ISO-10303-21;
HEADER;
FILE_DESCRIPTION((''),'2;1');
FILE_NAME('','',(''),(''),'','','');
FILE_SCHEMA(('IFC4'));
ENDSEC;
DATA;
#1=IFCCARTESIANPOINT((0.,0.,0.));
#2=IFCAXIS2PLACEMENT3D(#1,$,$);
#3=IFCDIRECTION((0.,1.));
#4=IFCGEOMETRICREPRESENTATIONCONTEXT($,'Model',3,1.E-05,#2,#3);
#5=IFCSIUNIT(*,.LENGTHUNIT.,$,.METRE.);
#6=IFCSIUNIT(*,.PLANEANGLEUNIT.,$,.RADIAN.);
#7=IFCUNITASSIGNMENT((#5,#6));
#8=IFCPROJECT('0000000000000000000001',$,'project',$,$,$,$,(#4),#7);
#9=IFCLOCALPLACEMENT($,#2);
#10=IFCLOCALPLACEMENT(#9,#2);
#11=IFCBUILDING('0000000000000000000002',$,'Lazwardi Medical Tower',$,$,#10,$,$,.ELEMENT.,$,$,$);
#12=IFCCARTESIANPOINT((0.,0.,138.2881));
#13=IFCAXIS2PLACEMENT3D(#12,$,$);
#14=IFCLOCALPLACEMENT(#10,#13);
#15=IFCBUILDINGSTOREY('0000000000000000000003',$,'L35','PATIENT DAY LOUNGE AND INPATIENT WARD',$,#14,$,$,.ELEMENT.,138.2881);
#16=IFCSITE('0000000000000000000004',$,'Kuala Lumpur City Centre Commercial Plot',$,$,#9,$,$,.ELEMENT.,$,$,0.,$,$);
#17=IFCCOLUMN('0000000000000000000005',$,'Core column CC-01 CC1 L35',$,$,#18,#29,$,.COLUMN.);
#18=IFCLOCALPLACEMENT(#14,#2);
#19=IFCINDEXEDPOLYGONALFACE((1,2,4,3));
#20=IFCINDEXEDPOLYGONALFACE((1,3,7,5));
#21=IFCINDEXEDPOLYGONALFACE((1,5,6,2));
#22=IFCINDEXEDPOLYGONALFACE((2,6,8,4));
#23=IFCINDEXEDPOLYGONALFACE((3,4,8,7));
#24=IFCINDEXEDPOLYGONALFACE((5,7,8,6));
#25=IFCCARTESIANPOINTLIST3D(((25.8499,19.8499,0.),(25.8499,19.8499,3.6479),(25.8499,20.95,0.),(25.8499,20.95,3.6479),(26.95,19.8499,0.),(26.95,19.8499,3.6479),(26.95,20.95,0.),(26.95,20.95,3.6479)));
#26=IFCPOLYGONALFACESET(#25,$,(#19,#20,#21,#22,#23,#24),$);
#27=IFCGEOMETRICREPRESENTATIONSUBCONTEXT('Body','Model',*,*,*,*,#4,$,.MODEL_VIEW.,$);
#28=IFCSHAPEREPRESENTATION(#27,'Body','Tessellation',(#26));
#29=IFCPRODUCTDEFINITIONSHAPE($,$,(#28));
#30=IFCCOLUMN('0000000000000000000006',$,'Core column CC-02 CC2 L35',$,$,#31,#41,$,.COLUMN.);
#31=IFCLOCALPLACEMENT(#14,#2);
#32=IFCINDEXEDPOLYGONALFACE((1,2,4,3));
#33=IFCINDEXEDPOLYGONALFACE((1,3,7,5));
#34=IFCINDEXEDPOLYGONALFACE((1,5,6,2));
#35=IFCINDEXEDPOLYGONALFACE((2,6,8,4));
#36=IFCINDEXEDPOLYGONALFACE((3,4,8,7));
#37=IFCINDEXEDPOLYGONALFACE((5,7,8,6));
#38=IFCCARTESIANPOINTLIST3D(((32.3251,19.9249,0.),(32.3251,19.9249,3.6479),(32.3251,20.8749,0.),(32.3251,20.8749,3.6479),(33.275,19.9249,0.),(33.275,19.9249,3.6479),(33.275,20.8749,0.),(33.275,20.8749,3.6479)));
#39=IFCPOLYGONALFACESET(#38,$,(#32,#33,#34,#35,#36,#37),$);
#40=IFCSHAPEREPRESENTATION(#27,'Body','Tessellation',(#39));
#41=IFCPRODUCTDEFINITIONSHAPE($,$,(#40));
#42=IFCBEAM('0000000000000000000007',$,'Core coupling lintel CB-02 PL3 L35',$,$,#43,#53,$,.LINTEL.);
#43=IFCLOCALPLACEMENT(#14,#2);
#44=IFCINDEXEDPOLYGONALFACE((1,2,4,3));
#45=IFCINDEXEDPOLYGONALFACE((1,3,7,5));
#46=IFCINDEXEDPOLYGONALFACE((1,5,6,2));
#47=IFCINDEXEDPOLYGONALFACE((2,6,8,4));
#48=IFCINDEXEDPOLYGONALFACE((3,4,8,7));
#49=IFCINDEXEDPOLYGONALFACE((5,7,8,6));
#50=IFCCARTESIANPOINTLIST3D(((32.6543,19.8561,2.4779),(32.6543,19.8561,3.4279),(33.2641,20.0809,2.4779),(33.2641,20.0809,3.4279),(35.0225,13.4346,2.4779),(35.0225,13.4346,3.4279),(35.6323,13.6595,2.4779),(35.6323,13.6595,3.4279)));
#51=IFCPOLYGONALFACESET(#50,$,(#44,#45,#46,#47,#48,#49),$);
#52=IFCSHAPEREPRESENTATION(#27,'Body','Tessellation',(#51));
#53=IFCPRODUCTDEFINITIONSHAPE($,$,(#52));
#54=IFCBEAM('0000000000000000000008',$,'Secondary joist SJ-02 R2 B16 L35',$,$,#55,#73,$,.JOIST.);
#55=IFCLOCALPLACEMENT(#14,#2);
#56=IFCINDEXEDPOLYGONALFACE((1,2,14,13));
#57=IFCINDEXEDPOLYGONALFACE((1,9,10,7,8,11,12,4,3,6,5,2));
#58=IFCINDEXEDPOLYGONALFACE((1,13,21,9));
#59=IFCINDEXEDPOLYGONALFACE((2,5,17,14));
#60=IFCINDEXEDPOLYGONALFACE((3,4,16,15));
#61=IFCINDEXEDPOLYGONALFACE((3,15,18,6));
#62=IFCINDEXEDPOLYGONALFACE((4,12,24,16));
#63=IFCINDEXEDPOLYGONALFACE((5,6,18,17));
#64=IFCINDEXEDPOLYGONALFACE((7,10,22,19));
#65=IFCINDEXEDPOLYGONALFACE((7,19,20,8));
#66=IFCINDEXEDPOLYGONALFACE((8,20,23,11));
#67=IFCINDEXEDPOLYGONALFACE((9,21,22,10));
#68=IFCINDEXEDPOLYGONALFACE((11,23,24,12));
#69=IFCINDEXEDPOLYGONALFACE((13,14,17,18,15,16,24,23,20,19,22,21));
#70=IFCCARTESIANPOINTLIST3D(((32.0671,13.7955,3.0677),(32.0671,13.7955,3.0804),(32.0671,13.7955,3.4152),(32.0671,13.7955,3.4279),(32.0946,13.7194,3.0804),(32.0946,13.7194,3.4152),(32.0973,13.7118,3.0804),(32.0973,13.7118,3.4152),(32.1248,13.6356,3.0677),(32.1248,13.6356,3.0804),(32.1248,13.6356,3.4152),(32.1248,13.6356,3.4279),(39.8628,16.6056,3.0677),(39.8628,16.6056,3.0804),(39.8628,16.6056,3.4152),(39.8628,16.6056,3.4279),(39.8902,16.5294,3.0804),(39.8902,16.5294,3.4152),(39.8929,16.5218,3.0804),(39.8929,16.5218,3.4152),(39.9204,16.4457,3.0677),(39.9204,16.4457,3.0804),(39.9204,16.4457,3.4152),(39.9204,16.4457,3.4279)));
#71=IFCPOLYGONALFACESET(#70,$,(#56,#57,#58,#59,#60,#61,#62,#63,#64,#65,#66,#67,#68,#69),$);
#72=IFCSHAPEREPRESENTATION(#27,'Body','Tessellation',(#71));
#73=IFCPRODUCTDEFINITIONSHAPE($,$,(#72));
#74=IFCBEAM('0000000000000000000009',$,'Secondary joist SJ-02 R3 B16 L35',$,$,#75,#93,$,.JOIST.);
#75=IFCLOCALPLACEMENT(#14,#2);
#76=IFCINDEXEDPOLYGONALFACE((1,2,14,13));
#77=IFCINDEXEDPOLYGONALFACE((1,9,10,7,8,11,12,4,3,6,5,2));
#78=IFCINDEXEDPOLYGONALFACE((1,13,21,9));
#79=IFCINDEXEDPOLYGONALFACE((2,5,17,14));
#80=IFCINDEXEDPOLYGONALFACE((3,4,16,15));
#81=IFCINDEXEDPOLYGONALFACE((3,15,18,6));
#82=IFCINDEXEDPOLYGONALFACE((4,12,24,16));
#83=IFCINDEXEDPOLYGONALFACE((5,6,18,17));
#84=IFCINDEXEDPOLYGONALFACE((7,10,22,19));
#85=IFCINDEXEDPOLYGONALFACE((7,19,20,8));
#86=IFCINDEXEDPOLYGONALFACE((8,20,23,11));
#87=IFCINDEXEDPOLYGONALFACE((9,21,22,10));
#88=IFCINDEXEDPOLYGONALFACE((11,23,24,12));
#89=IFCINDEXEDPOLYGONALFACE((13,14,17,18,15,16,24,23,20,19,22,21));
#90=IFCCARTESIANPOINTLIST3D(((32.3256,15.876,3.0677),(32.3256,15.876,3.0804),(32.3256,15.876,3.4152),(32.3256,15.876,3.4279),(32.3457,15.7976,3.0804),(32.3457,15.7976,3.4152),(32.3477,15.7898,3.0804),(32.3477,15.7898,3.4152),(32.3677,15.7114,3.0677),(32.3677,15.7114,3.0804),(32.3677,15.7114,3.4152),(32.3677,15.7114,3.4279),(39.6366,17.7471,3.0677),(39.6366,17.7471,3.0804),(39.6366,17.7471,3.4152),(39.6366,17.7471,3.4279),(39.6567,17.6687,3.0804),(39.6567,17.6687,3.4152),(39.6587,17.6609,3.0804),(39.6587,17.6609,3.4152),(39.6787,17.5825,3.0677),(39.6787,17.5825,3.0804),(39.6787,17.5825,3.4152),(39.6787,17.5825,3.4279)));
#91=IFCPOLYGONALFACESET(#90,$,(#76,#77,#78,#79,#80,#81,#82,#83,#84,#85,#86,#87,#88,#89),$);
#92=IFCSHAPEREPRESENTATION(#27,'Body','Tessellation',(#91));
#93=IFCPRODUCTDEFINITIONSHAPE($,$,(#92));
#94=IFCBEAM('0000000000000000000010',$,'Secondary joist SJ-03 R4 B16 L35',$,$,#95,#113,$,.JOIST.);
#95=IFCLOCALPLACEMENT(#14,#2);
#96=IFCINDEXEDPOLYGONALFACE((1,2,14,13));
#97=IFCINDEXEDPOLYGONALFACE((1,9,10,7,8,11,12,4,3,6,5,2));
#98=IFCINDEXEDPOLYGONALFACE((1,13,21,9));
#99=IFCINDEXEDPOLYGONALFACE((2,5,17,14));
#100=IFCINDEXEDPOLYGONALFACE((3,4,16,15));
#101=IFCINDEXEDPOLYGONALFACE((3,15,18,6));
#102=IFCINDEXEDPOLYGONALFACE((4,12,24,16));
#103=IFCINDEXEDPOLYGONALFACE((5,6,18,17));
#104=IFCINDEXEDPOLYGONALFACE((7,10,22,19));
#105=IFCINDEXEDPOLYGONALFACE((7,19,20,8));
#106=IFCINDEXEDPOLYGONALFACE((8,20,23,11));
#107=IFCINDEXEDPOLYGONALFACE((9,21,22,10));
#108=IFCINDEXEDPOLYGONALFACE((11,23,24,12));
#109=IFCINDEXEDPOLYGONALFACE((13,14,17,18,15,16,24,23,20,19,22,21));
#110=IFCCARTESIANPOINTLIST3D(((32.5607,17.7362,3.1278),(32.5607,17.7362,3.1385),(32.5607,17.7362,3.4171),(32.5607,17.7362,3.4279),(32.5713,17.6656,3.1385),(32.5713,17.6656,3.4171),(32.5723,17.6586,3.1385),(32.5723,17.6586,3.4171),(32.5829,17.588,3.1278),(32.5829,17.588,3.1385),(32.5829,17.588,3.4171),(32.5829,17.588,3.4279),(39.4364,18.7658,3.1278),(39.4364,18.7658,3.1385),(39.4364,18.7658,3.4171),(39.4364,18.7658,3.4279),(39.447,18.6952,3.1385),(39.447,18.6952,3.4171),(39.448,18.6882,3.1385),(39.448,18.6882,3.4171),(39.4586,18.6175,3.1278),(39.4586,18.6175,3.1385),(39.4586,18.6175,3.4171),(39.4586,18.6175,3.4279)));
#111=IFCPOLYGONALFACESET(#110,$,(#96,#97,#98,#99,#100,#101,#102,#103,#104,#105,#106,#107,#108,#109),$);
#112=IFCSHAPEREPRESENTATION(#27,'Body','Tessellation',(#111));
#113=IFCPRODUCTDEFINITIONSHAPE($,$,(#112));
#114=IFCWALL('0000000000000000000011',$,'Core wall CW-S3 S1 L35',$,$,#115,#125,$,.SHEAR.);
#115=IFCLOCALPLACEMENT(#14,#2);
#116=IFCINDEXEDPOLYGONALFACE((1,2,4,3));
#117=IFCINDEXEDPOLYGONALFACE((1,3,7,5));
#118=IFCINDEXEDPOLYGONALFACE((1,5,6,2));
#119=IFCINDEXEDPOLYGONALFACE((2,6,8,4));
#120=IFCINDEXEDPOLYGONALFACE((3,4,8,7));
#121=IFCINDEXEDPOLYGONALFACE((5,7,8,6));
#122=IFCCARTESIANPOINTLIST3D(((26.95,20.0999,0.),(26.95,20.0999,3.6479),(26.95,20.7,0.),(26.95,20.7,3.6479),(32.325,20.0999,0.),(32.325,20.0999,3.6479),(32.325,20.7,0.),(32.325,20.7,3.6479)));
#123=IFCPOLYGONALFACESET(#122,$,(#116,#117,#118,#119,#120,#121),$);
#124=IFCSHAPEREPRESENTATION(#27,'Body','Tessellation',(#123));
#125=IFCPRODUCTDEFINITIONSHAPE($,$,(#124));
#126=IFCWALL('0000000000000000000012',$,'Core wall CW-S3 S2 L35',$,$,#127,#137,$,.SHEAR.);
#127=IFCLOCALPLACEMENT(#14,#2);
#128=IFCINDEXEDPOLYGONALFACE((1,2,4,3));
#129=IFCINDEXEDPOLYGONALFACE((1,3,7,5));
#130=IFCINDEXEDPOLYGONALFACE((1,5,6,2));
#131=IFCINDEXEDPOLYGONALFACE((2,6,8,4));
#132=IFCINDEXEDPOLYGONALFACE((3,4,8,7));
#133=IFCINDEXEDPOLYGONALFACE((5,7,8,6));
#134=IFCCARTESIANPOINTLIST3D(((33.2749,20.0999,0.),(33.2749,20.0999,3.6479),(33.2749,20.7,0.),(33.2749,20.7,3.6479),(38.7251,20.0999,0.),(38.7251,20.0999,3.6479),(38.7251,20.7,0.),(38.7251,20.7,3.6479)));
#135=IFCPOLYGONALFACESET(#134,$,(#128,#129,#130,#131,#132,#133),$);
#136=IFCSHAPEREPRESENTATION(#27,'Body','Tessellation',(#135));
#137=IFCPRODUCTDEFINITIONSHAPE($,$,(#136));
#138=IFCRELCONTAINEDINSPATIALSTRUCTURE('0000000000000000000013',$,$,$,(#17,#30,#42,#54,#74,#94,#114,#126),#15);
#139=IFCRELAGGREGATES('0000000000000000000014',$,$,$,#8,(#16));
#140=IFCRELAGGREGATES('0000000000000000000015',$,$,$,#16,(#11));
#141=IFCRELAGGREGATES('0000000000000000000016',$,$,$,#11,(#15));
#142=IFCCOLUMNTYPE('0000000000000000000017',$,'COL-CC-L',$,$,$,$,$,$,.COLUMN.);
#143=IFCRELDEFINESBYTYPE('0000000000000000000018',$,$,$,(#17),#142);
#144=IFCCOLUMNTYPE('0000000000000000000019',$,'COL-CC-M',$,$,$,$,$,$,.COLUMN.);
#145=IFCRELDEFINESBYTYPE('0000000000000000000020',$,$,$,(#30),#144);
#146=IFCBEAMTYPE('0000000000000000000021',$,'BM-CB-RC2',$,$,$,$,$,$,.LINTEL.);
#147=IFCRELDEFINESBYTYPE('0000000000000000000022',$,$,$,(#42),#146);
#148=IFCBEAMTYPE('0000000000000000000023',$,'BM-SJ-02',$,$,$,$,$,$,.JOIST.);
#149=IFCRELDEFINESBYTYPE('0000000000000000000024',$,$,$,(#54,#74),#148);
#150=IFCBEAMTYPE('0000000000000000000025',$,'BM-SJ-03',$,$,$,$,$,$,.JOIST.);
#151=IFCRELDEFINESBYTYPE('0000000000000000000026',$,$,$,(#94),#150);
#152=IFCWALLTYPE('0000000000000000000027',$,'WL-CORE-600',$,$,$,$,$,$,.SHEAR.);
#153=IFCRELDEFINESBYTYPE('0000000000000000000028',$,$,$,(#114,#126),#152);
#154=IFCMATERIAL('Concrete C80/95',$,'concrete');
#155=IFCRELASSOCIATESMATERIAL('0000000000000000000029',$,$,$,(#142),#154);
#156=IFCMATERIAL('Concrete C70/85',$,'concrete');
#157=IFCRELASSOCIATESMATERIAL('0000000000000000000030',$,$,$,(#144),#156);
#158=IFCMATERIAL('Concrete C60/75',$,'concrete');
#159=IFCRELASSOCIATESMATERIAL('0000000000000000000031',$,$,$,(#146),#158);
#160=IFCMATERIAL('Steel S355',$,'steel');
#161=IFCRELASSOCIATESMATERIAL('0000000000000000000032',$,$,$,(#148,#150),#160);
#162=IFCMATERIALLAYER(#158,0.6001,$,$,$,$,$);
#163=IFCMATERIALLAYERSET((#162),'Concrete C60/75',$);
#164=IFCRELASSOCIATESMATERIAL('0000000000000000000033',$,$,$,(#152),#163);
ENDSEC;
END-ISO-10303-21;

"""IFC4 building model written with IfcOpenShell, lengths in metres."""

from ifc_helpers import new_model, si_unit, direction, frame, frame_2d, origin, origin_2d, place, context, subcontext, project, spatial, rectangle, i_section, extrude, material, layer, layer_set, material_profile, profile_set, type_object, element, save


model = new_model("IFC4")

# Units and contexts
model_context = context("Model", 3, precision=1e-05, world=origin(), true_north=direction((0.0, 1.0)))
body_context = subcontext(model_context, "Body", "Model", "MODEL_VIEW")
ifc_project = project(units=[si_unit("LENGTHUNIT", "METRE"), si_unit("PLANEANGLEUNIT", "RADIAN")], contexts=[model_context])

# Site, building, storey
site_placement = place(None, origin())
site = spatial("IfcSite", under=ifc_project, at=site_placement, Name="Kuala Lumpur City Centre Commercial Plot", CompositionType="ELEMENT", RefElevation=0.0)
building_placement = place(site_placement, origin())
building = spatial("IfcBuilding", under=site, at=building_placement, Name="Lazwardi Medical Tower", CompositionType="ELEMENT")
storey_placement = place(building_placement, frame((0.0, 0.0, 138.2881)))
storey = spatial("IfcBuildingStorey", under=building, at=storey_placement, Name="L35", Description="PATIENT DAY LOUNGE AND INPATIENT WARD", CompositionType="ELEMENT", Elevation=138.2881)

# Columns
ifc_material_1 = material(Name="Concrete C80/95", Category="concrete")
ifc_material_profile_1 = material_profile(ifc_material_1, rectangle(XDim=1.1001, YDim=1.1001, at=origin_2d()), Name="RC 1100x1100")
ifc_profile_set_1 = profile_set([ifc_material_profile_1], Name="Concrete C80/95")
column_type_1 = type_object("IfcColumnType", Name="COL-CC-L", PredefinedType="COLUMN", material=ifc_profile_set_1)
column_1_placement = place(storey_placement, frame((26.3999, 20.3999, 0.0), z_axis=(0.0, 0.0, 1.0), x_axis=(1.0, 0.0, 0.0)))
element("IfcColumn", 1, at=column_1_placement, inside=storey, type_object=column_type_1, Name="Core column CC-01 CC1 L35", PredefinedType="COLUMN", context=body_context, shape_type="SweptSolid", body=[
    extrude(rectangle(XDim=1.1001, YDim=1.1001, at=origin_2d()), origin(), (0.0, 0.0, 1.0), 3.6479),
])
ifc_material_2 = material(Name="Concrete C70/85", Category="concrete")
ifc_material_profile_2 = material_profile(ifc_material_2, rectangle(XDim=0.95, YDim=0.95, at=origin_2d()), Name="RC 950x950")
ifc_profile_set_2 = profile_set([ifc_material_profile_2], Name="Concrete C70/85")
column_type_2 = type_object("IfcColumnType", Name="COL-CC-M", PredefinedType="COLUMN", material=ifc_profile_set_2)
column_2_placement = place(storey_placement, frame((32.8, 20.3999, 0.0), z_axis=(0.0, 0.0, 1.0), x_axis=(1.0, 0.0, 0.0)))
element("IfcColumn", 2, at=column_2_placement, inside=storey, type_object=column_type_2, Name="Core column CC-02 CC2 L35", PredefinedType="COLUMN", context=body_context, shape_type="SweptSolid", body=[
    extrude(rectangle(XDim=0.95, YDim=0.95, at=origin_2d()), origin(), (0.0, 0.0, 1.0), 3.6479),
])

# Beams
ifc_material_3 = material(Name="Concrete C60/75", Category="concrete")
ifc_material_profile_3 = material_profile(ifc_material_3, rectangle(XDim=0.6499, YDim=0.95, at=origin_2d()), Name="RC 650x950")
ifc_profile_set_3 = profile_set([ifc_material_profile_3], Name="Concrete C60/75")
beam_type_1 = type_object("IfcBeamType", Name="BM-CB-RC2", PredefinedType="LINTEL", material=ifc_profile_set_3)
beam_1_placement = place(storey_placement, frame((32.9592, 19.9685, 2.9529), z_axis=(0.346013, -0.93823, 0.0), x_axis=(0.93823, 0.346013, 0.0)))
element("IfcBeam", 3, at=beam_1_placement, inside=storey, type_object=beam_type_1, Name="Core coupling lintel CB-02 PL3 L35", PredefinedType="LINTEL", context=body_context, shape_type="SweptSolid", body=[
    extrude(rectangle(XDim=0.6499, YDim=0.95, at=origin_2d()), origin(), (0.0, 0.0, 1.0), 6.8442),
])
ifc_material_4 = material(Name="Steel S355", Category="steel")
ifc_material_profile_4 = material_profile(ifc_material_4, i_section(OverallWidth=0.1699, OverallDepth=0.3601, WebThickness=0.0081, FlangeThickness=0.0127, at=origin_2d()), Name="IPE 360")
ifc_profile_set_4 = profile_set([ifc_material_profile_4], Name="Steel S355")
beam_type_2 = type_object("IfcBeamType", Name="BM-SJ-02", PredefinedType="JOIST", material=ifc_profile_set_4)
beam_2_placement = place(storey_placement, frame((32.0959, 13.7156, 3.2478), z_axis=(0.940748, 0.339106, 0.0), x_axis=(-0.339106, 0.940748, 0.0)))
element("IfcBeam", 4, at=beam_2_placement, inside=storey, type_object=beam_type_2, Name="Secondary joist SJ-02 R2 B16 L35", PredefinedType="JOIST", context=body_context, shape_type="SweptSolid", body=[
    extrude(i_section(OverallWidth=0.1699, OverallDepth=0.3601, WebThickness=0.0081, FlangeThickness=0.0127, at=origin_2d()), origin(), (0.0, 0.0, 1.0), 8.2866),
])
beam_3_placement = place(storey_placement, frame((32.3467, 15.7937, 3.2478), z_axis=(0.968776, 0.247936, 0.0), x_axis=(-0.247936, 0.968776, 0.0)))
element("IfcBeam", 5, at=beam_3_placement, inside=storey, type_object=beam_type_2, Name="Secondary joist SJ-02 R3 B16 L35", PredefinedType="JOIST", context=body_context, shape_type="SweptSolid", body=[
    extrude(i_section(OverallWidth=0.1699, OverallDepth=0.3601, WebThickness=0.0081, FlangeThickness=0.0127, at=origin_2d()), origin(), (0.0, 0.0, 1.0), 7.5466),
])
ifc_material_profile_5 = material_profile(ifc_material_4, i_section(OverallWidth=0.1499, OverallDepth=0.3, WebThickness=0.0071, FlangeThickness=0.0107, at=origin_2d()), Name="IPE 300")
ifc_profile_set_5 = profile_set([ifc_material_profile_5], Name="Steel S355")
beam_type_3 = type_object("IfcBeamType", Name="BM-SJ-03", PredefinedType="JOIST", material=ifc_profile_set_5)
beam_4_placement = place(storey_placement, frame((32.5718, 17.6621, 3.2778), z_axis=(0.988975, 0.148085, 0.0), x_axis=(-0.148085, 0.988975, 0.0)))
element("IfcBeam", 6, at=beam_4_placement, inside=storey, type_object=beam_type_3, Name="Secondary joist SJ-03 R4 B16 L35", PredefinedType="JOIST", context=body_context, shape_type="SweptSolid", body=[
    extrude(i_section(OverallWidth=0.1499, OverallDepth=0.3, WebThickness=0.0071, FlangeThickness=0.0107, at=origin_2d()), origin(), (0.0, 0.0, 1.0), 6.9524),
])

# Shared definitions
ifc_layer_1 = layer(ifc_material_3, 0.6001)
ifc_layer_set_1 = layer_set([ifc_layer_1], Name="Concrete C60/75")
wall_type_1 = type_object("IfcWallType", Name="WL-CORE-600", PredefinedType="SHEAR", material=ifc_layer_set_1)

# Walls
wall_1_placement = place(storey_placement, frame((26.95, 20.3999, 0.0), z_axis=(0.0, 0.0, 1.0), x_axis=(1.0, 0.0, 0.0)))
element("IfcWall", 7, at=wall_1_placement, inside=storey, type_object=wall_type_1, Name="Core wall CW-S3 S1 L35", PredefinedType="SHEAR", context=body_context, shape_type="SweptSolid", body=[
    extrude(rectangle(XDim=5.375, YDim=0.6001, at=frame_2d((2.6875, 0.0))), origin(), (0.0, 0.0, 1.0), 3.6479),
])
wall_2_placement = place(storey_placement, frame((33.2749, 20.3999, 0.0), z_axis=(0.0, 0.0, 1.0), x_axis=(1.0, 0.0, 0.0)))
element("IfcWall", 8, at=wall_2_placement, inside=storey, type_object=wall_type_1, Name="Core wall CW-S3 S2 L35", PredefinedType="SHEAR", context=body_context, shape_type="SweptSolid", body=[
    extrude(rectangle(XDim=5.4502, YDim=0.6001, at=frame_2d((2.7251, 0.0))), origin(), (0.0, 0.0, 1.0), 3.6479),
])

save(model, "model.ifc")
